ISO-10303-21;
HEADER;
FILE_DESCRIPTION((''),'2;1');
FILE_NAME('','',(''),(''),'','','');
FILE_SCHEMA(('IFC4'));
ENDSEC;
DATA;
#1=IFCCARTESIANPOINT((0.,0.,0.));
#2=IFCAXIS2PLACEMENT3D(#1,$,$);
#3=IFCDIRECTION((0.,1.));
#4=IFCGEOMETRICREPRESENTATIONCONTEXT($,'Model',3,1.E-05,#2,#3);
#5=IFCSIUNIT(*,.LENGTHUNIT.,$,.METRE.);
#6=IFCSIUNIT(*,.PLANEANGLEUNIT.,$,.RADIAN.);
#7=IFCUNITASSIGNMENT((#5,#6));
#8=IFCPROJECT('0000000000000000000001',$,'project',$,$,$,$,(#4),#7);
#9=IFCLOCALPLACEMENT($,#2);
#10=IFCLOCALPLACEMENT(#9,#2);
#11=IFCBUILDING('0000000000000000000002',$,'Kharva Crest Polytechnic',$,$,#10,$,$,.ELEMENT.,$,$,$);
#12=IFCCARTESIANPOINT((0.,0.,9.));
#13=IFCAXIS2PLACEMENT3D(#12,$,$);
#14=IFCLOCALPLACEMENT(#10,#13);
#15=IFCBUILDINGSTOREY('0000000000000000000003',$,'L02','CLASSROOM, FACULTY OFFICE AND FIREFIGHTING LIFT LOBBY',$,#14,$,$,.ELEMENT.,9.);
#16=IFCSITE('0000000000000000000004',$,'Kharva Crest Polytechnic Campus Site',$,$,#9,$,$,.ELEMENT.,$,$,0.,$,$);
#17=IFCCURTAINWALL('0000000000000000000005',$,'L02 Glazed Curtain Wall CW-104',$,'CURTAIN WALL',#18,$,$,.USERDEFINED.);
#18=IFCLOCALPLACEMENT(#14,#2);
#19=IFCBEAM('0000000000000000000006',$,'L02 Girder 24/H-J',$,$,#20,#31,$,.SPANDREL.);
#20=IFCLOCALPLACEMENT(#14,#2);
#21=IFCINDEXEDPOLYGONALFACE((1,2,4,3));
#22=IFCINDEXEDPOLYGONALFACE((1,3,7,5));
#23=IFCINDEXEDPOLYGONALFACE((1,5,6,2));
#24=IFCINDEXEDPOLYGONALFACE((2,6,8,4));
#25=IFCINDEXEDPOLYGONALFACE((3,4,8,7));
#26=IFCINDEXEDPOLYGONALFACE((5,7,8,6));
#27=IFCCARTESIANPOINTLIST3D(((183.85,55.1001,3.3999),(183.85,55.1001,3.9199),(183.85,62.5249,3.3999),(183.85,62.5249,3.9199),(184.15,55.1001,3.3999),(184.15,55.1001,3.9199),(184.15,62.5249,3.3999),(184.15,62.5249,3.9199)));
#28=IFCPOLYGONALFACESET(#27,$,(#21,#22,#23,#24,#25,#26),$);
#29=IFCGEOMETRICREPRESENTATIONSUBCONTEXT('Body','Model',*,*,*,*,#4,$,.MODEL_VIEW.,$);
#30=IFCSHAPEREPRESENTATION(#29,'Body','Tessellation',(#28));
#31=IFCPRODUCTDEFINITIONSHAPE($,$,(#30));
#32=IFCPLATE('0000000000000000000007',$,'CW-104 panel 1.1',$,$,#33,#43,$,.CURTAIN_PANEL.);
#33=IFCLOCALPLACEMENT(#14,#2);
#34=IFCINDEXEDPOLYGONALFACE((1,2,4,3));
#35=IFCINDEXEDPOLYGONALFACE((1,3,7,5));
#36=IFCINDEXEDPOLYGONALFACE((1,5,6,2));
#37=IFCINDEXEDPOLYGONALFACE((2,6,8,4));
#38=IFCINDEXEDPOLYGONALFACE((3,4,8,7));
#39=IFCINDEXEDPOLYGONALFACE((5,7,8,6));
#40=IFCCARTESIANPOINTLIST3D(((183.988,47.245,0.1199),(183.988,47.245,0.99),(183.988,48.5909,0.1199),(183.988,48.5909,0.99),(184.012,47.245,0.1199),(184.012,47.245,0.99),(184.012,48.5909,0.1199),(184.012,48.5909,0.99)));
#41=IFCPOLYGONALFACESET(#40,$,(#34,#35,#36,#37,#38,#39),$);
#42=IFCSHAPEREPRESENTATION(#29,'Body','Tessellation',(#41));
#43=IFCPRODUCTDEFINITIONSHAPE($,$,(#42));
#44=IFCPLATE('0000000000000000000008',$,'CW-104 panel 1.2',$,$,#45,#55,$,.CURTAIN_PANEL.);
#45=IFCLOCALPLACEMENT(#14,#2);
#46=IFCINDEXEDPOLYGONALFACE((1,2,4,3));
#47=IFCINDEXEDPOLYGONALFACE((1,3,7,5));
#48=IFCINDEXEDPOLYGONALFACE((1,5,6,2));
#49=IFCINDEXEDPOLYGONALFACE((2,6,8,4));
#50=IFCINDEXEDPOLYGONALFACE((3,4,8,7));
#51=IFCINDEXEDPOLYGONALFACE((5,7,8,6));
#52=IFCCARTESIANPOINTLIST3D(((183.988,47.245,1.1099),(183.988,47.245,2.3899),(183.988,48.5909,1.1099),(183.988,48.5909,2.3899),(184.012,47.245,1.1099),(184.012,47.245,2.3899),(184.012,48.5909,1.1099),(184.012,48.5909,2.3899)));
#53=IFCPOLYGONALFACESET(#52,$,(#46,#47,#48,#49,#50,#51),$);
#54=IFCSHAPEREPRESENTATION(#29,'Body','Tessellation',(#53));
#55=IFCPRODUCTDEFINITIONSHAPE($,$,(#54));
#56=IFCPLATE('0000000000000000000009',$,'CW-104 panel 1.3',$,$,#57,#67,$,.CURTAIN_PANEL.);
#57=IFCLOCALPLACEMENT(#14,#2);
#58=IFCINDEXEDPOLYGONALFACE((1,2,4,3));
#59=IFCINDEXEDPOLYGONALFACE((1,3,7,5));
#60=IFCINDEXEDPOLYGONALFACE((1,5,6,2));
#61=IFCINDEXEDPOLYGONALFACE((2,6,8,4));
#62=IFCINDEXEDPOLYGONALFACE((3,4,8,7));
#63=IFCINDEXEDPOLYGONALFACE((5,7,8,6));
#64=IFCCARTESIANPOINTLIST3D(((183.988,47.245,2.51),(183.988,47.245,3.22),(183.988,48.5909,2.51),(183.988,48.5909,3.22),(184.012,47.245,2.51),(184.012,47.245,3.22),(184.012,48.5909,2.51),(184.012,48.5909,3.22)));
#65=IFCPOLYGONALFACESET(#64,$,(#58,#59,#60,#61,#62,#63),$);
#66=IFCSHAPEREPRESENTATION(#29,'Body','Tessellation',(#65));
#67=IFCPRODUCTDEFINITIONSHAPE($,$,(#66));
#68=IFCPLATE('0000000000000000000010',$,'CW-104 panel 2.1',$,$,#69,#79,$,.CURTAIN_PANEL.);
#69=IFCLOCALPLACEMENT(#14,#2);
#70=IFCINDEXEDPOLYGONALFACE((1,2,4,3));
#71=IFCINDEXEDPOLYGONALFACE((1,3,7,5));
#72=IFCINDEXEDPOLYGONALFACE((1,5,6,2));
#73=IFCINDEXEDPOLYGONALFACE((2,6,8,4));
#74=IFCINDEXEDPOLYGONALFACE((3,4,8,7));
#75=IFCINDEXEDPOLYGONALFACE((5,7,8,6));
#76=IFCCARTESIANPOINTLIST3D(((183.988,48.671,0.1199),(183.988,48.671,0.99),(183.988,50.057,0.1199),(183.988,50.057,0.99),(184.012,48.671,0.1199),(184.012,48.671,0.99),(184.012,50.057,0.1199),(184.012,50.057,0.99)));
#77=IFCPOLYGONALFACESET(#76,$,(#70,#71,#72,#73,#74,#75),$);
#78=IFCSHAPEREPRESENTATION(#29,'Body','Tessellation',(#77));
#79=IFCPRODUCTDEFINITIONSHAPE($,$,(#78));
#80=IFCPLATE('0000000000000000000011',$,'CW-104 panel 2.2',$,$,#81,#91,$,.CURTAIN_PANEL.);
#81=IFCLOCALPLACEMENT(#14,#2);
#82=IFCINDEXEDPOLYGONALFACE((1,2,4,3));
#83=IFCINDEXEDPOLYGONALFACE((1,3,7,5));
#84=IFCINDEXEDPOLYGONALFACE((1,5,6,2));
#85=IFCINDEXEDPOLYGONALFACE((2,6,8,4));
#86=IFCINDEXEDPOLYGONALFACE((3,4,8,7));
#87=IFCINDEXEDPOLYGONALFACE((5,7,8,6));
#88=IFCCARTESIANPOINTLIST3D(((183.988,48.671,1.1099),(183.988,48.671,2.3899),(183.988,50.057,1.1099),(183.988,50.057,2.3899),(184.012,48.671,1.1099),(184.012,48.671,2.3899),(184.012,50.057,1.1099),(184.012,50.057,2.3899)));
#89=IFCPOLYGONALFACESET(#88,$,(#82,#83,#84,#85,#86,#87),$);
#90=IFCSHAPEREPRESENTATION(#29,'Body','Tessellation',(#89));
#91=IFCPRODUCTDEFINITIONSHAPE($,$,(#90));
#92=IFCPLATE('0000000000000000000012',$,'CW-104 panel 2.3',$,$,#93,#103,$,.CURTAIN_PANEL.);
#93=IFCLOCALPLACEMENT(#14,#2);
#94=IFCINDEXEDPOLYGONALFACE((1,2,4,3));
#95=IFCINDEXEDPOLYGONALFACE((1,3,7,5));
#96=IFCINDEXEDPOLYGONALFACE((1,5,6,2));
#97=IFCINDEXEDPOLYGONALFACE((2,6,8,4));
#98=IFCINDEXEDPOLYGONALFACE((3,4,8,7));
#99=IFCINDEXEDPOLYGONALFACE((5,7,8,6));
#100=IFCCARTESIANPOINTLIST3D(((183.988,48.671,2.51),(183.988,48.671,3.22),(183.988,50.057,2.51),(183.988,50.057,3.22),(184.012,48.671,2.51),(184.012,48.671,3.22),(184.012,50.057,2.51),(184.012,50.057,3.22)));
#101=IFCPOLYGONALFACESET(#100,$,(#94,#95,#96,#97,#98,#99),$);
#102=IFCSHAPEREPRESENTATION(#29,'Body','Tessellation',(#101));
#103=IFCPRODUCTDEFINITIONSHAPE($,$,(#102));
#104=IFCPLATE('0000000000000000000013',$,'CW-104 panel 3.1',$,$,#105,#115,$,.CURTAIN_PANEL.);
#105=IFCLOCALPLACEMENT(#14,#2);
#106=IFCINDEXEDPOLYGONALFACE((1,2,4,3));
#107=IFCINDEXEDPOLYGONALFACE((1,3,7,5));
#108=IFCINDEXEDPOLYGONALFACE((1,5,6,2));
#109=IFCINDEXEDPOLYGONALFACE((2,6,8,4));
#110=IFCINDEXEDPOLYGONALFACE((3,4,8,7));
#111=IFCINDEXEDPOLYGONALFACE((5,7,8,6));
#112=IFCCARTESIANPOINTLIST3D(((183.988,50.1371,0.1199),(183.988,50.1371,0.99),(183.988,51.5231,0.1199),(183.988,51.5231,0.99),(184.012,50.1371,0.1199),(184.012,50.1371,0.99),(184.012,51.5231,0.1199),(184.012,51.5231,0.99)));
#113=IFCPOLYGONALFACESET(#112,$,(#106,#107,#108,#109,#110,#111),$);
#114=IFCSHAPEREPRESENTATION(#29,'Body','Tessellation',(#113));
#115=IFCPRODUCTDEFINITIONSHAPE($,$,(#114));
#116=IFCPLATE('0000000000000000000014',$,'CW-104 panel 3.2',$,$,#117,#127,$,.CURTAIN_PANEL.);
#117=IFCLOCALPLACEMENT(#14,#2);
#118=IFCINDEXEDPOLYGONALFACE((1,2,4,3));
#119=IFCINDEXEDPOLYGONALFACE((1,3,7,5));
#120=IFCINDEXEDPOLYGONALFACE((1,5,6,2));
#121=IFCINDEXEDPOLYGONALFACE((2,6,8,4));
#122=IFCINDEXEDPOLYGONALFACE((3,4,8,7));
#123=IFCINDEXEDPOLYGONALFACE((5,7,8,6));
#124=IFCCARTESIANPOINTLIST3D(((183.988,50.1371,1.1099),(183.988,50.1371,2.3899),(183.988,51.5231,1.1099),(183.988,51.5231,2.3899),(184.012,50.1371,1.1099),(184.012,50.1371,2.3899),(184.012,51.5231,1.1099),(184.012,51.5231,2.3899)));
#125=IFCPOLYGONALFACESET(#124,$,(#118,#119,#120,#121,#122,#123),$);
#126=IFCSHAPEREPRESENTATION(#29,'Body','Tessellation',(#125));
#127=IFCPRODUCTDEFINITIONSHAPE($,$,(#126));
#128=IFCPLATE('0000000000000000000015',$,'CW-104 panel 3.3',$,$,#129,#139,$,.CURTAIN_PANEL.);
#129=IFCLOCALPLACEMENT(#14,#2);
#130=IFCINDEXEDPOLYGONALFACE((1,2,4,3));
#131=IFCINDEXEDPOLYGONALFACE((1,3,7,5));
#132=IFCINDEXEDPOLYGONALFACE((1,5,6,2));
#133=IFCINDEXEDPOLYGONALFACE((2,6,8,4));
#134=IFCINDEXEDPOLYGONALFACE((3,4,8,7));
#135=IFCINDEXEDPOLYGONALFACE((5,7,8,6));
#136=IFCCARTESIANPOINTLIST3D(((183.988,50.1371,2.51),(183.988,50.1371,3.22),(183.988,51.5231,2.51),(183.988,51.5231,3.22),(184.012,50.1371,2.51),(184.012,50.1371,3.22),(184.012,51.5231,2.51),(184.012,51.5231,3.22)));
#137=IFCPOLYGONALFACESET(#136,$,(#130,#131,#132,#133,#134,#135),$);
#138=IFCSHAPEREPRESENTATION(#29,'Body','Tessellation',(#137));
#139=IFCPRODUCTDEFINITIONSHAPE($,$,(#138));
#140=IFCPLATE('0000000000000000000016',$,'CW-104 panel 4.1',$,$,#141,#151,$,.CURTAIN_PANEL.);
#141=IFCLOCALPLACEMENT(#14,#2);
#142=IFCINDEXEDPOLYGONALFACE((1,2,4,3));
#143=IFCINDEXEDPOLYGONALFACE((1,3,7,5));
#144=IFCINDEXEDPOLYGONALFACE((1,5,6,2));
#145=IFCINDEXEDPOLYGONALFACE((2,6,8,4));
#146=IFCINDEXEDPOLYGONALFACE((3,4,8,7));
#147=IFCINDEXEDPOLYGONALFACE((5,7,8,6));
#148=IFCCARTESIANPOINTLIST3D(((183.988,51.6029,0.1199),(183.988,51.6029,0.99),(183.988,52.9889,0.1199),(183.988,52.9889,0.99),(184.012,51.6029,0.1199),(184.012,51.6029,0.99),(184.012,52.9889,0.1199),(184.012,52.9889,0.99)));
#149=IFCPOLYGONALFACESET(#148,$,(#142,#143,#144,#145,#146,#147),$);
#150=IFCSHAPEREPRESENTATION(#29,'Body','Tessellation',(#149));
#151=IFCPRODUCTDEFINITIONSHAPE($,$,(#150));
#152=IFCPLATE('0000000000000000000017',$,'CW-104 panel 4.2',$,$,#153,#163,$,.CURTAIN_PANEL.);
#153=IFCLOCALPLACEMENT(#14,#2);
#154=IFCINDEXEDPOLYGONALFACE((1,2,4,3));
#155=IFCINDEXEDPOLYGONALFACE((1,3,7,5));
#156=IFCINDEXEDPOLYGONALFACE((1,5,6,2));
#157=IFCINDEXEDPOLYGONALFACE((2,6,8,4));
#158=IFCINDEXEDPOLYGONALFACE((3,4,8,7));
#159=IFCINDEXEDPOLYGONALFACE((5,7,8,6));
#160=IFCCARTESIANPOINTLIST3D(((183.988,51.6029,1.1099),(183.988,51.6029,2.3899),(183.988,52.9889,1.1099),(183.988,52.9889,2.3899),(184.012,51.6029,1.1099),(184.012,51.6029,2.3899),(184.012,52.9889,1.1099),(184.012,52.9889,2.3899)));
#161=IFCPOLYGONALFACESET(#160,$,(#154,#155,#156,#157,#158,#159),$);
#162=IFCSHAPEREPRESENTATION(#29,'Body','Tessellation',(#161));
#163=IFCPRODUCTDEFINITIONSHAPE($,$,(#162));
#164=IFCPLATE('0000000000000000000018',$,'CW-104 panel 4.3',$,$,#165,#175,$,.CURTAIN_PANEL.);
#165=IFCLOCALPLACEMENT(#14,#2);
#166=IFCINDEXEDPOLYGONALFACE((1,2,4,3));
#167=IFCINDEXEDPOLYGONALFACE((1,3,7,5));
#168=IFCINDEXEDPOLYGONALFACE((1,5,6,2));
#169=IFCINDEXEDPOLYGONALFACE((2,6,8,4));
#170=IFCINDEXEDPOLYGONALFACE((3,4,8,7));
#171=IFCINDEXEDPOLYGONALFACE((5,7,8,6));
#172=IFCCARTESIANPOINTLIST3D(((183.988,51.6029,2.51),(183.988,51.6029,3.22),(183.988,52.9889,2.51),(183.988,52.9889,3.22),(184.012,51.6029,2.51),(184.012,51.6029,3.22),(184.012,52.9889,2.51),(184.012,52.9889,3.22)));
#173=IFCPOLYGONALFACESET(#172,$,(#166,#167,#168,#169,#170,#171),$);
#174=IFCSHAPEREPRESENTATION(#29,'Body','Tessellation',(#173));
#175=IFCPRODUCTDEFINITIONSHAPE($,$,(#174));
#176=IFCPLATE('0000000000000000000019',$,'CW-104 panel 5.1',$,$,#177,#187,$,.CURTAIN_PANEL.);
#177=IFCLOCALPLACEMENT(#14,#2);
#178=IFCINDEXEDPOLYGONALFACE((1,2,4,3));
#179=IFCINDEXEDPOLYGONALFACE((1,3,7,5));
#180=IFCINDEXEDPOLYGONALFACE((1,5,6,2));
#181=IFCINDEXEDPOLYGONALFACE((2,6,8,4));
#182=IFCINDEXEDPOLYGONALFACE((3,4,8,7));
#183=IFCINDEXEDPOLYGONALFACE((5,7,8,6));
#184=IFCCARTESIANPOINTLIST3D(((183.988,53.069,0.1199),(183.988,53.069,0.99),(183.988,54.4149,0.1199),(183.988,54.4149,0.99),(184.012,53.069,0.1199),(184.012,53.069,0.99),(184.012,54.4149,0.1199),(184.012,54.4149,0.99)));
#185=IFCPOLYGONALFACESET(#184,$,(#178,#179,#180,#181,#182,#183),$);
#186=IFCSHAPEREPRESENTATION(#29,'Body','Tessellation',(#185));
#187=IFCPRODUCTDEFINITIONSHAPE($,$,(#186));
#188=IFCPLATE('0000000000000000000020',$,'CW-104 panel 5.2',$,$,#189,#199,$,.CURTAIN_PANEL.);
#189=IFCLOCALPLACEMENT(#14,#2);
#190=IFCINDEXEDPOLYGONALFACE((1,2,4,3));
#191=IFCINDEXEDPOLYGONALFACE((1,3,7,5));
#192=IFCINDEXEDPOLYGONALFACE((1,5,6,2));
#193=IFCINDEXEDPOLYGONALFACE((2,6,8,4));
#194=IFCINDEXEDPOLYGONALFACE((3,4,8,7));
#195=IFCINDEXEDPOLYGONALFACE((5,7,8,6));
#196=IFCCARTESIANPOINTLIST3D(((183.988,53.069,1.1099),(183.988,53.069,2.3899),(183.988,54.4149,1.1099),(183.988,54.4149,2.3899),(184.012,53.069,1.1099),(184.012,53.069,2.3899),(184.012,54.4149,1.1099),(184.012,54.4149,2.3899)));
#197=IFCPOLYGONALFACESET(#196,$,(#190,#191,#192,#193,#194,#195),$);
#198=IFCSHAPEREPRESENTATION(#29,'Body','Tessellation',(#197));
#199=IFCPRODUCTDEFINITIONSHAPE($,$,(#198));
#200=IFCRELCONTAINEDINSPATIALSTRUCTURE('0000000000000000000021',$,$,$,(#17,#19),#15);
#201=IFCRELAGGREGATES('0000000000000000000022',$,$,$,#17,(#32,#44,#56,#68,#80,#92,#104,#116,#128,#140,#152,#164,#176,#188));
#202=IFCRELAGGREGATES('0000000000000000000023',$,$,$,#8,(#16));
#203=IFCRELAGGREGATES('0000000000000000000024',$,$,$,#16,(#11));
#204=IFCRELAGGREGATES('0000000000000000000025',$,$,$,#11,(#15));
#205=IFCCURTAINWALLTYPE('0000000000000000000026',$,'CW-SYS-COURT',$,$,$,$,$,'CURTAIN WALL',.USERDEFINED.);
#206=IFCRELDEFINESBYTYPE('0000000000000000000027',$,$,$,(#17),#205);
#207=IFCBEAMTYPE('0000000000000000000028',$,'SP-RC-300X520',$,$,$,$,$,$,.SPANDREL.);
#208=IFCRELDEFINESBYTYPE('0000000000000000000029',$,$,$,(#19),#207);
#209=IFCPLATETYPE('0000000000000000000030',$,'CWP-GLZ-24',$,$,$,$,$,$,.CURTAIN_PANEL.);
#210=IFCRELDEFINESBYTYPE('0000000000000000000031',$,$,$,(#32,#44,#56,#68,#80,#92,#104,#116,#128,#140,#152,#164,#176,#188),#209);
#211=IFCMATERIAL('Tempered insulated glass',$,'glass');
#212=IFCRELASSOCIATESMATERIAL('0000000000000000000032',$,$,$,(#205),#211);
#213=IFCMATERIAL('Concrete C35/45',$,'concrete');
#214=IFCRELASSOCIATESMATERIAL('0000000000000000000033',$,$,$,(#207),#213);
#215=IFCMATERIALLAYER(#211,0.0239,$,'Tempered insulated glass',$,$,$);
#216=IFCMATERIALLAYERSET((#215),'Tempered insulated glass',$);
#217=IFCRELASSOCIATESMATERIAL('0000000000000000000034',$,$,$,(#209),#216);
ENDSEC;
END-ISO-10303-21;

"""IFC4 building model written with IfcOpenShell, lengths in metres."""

from ifc_helpers import new_model, si_unit, direction, frame, origin, origin_2d, place, context, subcontext, project, spatial, rectangle, extrude, material, layer, layer_set, material_profile, profile_set, type_object, element, aggregate, save


model = new_model("IFC4")

# Units and contexts
model_context = context("Model", 3, precision=1e-05, world=origin(), true_north=direction((0.0, 1.0)))
body_context = subcontext(model_context, "Body", "Model", "MODEL_VIEW")
ifc_project = project(units=[si_unit("LENGTHUNIT", "METRE"), si_unit("PLANEANGLEUNIT", "RADIAN")], contexts=[model_context])

# Site, building, storey
site_placement = place(None, origin())
site = spatial("IfcSite", under=ifc_project, at=site_placement, Name="Kharva Crest Polytechnic Campus Site", CompositionType="ELEMENT", RefElevation=0.0)
building_placement = place(site_placement, origin())
building = spatial("IfcBuilding", under=site, at=building_placement, Name="Kharva Crest Polytechnic", CompositionType="ELEMENT")
storey_placement = place(building_placement, frame((0.0, 0.0, 9.0)))
storey = spatial("IfcBuildingStorey", under=building, at=storey_placement, Name="L02", Description="CLASSROOM, FACULTY OFFICE AND FIREFIGHTING LIFT LOBBY", CompositionType="ELEMENT", Elevation=9.0)

# Curtain wall
ifc_material_1 = material(Name="Tempered insulated glass", Category="glass")
curtain_wall_type = type_object("IfcCurtainWallType", Name="CW-SYS-COURT", ElementType="CURTAIN WALL", PredefinedType="USERDEFINED", material=ifc_material_1)
curtain_wall_placement = place(storey_placement, origin())
curtain_wall = element("IfcCurtainWall", 1, at=curtain_wall_placement, inside=storey, type_object=curtain_wall_type, Name="L02 Glazed Curtain Wall CW-104", ObjectType="CURTAIN WALL", PredefinedType="USERDEFINED")

# Beam
ifc_material_2 = material(Name="Concrete C35/45", Category="concrete")
ifc_material_profile_1 = material_profile(ifc_material_2, rectangle(XDim=0.3, YDim=0.52, at=origin_2d()), Name="RECT 300 X 520")
ifc_profile_set_1 = profile_set([ifc_material_profile_1], Name="Concrete C35/45")
beam_type = type_object("IfcBeamType", Name="SP-RC-300X520", PredefinedType="SPANDREL", material=ifc_profile_set_1)
beam_placement = place(storey_placement, frame((184.0, 55.1001, 3.6599), z_axis=(0.0, 1.0, 0.0), x_axis=(-1.0, 0.0, 0.0)))
element("IfcBeam", 2, at=beam_placement, inside=storey, type_object=beam_type, Name="L02 Girder 24/H-J", PredefinedType="SPANDREL", context=body_context, shape_type="SweptSolid", body=[
    extrude(rectangle(XDim=0.3, YDim=0.52, at=origin_2d()), origin(), (0.0, 0.0, 1.0), 7.4248),
])

# Plates
ifc_layer = layer(ifc_material_1, 0.0239, Name="Tempered insulated glass")
ifc_layer_set = layer_set([ifc_layer], Name="Tempered insulated glass")
plate_type = type_object("IfcPlateType", Name="CWP-GLZ-24", PredefinedType="CURTAIN_PANEL", material=ifc_layer_set)
plate_1_placement = place(storey_placement, frame((184.0, 47.918, 0.1199), z_axis=(0.0, 0.0, 1.0), x_axis=(0.0, 1.0, 0.0)))
plate_1 = element("IfcPlate", 3, at=plate_1_placement, type_object=plate_type, Name="CW-104 panel 1.1", PredefinedType="CURTAIN_PANEL", context=body_context, shape_type="SweptSolid", body=[
    extrude(rectangle(XDim=1.3459, YDim=0.0239, at=origin_2d()), origin(), (0.0, 0.0, 1.0), 0.8701),
])
plate_2_placement = place(storey_placement, frame((184.0, 47.918, 1.1099), z_axis=(0.0, 0.0, 1.0), x_axis=(0.0, 1.0, 0.0)))
plate_2 = element("IfcPlate", 4, at=plate_2_placement, type_object=plate_type, Name="CW-104 panel 1.2", PredefinedType="CURTAIN_PANEL", context=body_context, shape_type="SweptSolid", body=[
    extrude(rectangle(XDim=1.3459, YDim=0.0239, at=origin_2d()), origin(), (0.0, 0.0, 1.0), 1.28),
])
plate_3_placement = place(storey_placement, frame((184.0, 47.918, 2.51), z_axis=(0.0, 0.0, 1.0), x_axis=(0.0, 1.0, 0.0)))
plate_3 = element("IfcPlate", 5, at=plate_3_placement, type_object=plate_type, Name="CW-104 panel 1.3", PredefinedType="CURTAIN_PANEL", context=body_context, shape_type="SweptSolid", body=[
    extrude(rectangle(XDim=1.3459, YDim=0.0239, at=origin_2d()), origin(), (0.0, 0.0, 1.0), 0.71),
])
plate_4_placement = place(storey_placement, frame((184.0, 49.364, 0.1199), z_axis=(0.0, 0.0, 1.0), x_axis=(0.0, 1.0, 0.0)))
plate_4 = element("IfcPlate", 6, at=plate_4_placement, type_object=plate_type, Name="CW-104 panel 2.1", PredefinedType="CURTAIN_PANEL", context=body_context, shape_type="SweptSolid", body=[
    extrude(rectangle(XDim=1.386, YDim=0.0239, at=origin_2d()), origin(), (0.0, 0.0, 1.0), 0.8701),
])
plate_5_placement = place(storey_placement, frame((184.0, 49.364, 1.1099), z_axis=(0.0, 0.0, 1.0), x_axis=(0.0, 1.0, 0.0)))
plate_5 = element("IfcPlate", 7, at=plate_5_placement, type_object=plate_type, Name="CW-104 panel 2.2", PredefinedType="CURTAIN_PANEL", context=body_context, shape_type="SweptSolid", body=[
    extrude(rectangle(XDim=1.386, YDim=0.0239, at=origin_2d()), origin(), (0.0, 0.0, 1.0), 1.28),
])
plate_6_placement = place(storey_placement, frame((184.0, 49.364, 2.51), z_axis=(0.0, 0.0, 1.0), x_axis=(0.0, 1.0, 0.0)))
plate_6 = element("IfcPlate", 8, at=plate_6_placement, type_object=plate_type, Name="CW-104 panel 2.3", PredefinedType="CURTAIN_PANEL", context=body_context, shape_type="SweptSolid", body=[
    extrude(rectangle(XDim=1.386, YDim=0.0239, at=origin_2d()), origin(), (0.0, 0.0, 1.0), 0.71),
])
plate_7_placement = place(storey_placement, frame((184.0, 50.8301, 0.1199), z_axis=(0.0, 0.0, 1.0), x_axis=(0.0, 1.0, 0.0)))
plate_7 = element("IfcPlate", 9, at=plate_7_placement, type_object=plate_type, Name="CW-104 panel 3.1", PredefinedType="CURTAIN_PANEL", context=body_context, shape_type="SweptSolid", body=[
    extrude(rectangle(XDim=1.386, YDim=0.0239, at=origin_2d()), origin(), (0.0, 0.0, 1.0), 0.8701),
])
plate_8_placement = place(storey_placement, frame((184.0, 50.8301, 1.1099), z_axis=(0.0, 0.0, 1.0), x_axis=(0.0, 1.0, 0.0)))
plate_8 = element("IfcPlate", 10, at=plate_8_placement, type_object=plate_type, Name="CW-104 panel 3.2", PredefinedType="CURTAIN_PANEL", context=body_context, shape_type="SweptSolid", body=[
    extrude(rectangle(XDim=1.386, YDim=0.0239, at=origin_2d()), origin(), (0.0, 0.0, 1.0), 1.28),
])
plate_9_placement = place(storey_placement, frame((184.0, 50.8301, 2.51), z_axis=(0.0, 0.0, 1.0), x_axis=(0.0, 1.0, 0.0)))
plate_9 = element("IfcPlate", 11, at=plate_9_placement, type_object=plate_type, Name="CW-104 panel 3.3", PredefinedType="CURTAIN_PANEL", context=body_context, shape_type="SweptSolid", body=[
    extrude(rectangle(XDim=1.386, YDim=0.0239, at=origin_2d()), origin(), (0.0, 0.0, 1.0), 0.71),
])
plate_10_placement = place(storey_placement, frame((184.0, 52.2959, 0.1199), z_axis=(0.0, 0.0, 1.0), x_axis=(0.0, 1.0, 0.0)))
plate_10 = element("IfcPlate", 12, at=plate_10_placement, type_object=plate_type, Name="CW-104 panel 4.1", PredefinedType="CURTAIN_PANEL", context=body_context, shape_type="SweptSolid", body=[
    extrude(rectangle(XDim=1.386, YDim=0.0239, at=origin_2d()), origin(), (0.0, 0.0, 1.0), 0.8701),
])
plate_11_placement = place(storey_placement, frame((184.0, 52.2959, 1.1099), z_axis=(0.0, 0.0, 1.0), x_axis=(0.0, 1.0, 0.0)))
plate_11 = element("IfcPlate", 13, at=plate_11_placement, type_object=plate_type, Name="CW-104 panel 4.2", PredefinedType="CURTAIN_PANEL", context=body_context, shape_type="SweptSolid", body=[
    extrude(rectangle(XDim=1.386, YDim=0.0239, at=origin_2d()), origin(), (0.0, 0.0, 1.0), 1.28),
])
plate_12_placement = place(storey_placement, frame((184.0, 52.2959, 2.51), z_axis=(0.0, 0.0, 1.0), x_axis=(0.0, 1.0, 0.0)))
plate_12 = element("IfcPlate", 14, at=plate_12_placement, type_object=plate_type, Name="CW-104 panel 4.3", PredefinedType="CURTAIN_PANEL", context=body_context, shape_type="SweptSolid", body=[
    extrude(rectangle(XDim=1.386, YDim=0.0239, at=origin_2d()), origin(), (0.0, 0.0, 1.0), 0.71),
])
plate_13_placement = place(storey_placement, frame((184.0, 53.7419, 0.1199), z_axis=(0.0, 0.0, 1.0), x_axis=(0.0, 1.0, 0.0)))
plate_13 = element("IfcPlate", 15, at=plate_13_placement, type_object=plate_type, Name="CW-104 panel 5.1", PredefinedType="CURTAIN_PANEL", context=body_context, shape_type="SweptSolid", body=[
    extrude(rectangle(XDim=1.3459, YDim=0.0239, at=origin_2d()), origin(), (0.0, 0.0, 1.0), 0.8701),
])
plate_14_placement = place(storey_placement, frame((184.0, 53.7419, 1.1099), z_axis=(0.0, 0.0, 1.0), x_axis=(0.0, 1.0, 0.0)))
plate_14 = element("IfcPlate", 16, at=plate_14_placement, type_object=plate_type, Name="CW-104 panel 5.2", PredefinedType="CURTAIN_PANEL", context=body_context, shape_type="SweptSolid", body=[
    extrude(rectangle(XDim=1.3459, YDim=0.0239, at=origin_2d()), origin(), (0.0, 0.0, 1.0), 1.28),
])
aggregate(curtain_wall, [plate_1, plate_2, plate_3, plate_4, plate_5, plate_6, plate_7, plate_8, plate_9, plate_10, plate_11, plate_12, plate_13, plate_14])

save(model, "model.ifc")
